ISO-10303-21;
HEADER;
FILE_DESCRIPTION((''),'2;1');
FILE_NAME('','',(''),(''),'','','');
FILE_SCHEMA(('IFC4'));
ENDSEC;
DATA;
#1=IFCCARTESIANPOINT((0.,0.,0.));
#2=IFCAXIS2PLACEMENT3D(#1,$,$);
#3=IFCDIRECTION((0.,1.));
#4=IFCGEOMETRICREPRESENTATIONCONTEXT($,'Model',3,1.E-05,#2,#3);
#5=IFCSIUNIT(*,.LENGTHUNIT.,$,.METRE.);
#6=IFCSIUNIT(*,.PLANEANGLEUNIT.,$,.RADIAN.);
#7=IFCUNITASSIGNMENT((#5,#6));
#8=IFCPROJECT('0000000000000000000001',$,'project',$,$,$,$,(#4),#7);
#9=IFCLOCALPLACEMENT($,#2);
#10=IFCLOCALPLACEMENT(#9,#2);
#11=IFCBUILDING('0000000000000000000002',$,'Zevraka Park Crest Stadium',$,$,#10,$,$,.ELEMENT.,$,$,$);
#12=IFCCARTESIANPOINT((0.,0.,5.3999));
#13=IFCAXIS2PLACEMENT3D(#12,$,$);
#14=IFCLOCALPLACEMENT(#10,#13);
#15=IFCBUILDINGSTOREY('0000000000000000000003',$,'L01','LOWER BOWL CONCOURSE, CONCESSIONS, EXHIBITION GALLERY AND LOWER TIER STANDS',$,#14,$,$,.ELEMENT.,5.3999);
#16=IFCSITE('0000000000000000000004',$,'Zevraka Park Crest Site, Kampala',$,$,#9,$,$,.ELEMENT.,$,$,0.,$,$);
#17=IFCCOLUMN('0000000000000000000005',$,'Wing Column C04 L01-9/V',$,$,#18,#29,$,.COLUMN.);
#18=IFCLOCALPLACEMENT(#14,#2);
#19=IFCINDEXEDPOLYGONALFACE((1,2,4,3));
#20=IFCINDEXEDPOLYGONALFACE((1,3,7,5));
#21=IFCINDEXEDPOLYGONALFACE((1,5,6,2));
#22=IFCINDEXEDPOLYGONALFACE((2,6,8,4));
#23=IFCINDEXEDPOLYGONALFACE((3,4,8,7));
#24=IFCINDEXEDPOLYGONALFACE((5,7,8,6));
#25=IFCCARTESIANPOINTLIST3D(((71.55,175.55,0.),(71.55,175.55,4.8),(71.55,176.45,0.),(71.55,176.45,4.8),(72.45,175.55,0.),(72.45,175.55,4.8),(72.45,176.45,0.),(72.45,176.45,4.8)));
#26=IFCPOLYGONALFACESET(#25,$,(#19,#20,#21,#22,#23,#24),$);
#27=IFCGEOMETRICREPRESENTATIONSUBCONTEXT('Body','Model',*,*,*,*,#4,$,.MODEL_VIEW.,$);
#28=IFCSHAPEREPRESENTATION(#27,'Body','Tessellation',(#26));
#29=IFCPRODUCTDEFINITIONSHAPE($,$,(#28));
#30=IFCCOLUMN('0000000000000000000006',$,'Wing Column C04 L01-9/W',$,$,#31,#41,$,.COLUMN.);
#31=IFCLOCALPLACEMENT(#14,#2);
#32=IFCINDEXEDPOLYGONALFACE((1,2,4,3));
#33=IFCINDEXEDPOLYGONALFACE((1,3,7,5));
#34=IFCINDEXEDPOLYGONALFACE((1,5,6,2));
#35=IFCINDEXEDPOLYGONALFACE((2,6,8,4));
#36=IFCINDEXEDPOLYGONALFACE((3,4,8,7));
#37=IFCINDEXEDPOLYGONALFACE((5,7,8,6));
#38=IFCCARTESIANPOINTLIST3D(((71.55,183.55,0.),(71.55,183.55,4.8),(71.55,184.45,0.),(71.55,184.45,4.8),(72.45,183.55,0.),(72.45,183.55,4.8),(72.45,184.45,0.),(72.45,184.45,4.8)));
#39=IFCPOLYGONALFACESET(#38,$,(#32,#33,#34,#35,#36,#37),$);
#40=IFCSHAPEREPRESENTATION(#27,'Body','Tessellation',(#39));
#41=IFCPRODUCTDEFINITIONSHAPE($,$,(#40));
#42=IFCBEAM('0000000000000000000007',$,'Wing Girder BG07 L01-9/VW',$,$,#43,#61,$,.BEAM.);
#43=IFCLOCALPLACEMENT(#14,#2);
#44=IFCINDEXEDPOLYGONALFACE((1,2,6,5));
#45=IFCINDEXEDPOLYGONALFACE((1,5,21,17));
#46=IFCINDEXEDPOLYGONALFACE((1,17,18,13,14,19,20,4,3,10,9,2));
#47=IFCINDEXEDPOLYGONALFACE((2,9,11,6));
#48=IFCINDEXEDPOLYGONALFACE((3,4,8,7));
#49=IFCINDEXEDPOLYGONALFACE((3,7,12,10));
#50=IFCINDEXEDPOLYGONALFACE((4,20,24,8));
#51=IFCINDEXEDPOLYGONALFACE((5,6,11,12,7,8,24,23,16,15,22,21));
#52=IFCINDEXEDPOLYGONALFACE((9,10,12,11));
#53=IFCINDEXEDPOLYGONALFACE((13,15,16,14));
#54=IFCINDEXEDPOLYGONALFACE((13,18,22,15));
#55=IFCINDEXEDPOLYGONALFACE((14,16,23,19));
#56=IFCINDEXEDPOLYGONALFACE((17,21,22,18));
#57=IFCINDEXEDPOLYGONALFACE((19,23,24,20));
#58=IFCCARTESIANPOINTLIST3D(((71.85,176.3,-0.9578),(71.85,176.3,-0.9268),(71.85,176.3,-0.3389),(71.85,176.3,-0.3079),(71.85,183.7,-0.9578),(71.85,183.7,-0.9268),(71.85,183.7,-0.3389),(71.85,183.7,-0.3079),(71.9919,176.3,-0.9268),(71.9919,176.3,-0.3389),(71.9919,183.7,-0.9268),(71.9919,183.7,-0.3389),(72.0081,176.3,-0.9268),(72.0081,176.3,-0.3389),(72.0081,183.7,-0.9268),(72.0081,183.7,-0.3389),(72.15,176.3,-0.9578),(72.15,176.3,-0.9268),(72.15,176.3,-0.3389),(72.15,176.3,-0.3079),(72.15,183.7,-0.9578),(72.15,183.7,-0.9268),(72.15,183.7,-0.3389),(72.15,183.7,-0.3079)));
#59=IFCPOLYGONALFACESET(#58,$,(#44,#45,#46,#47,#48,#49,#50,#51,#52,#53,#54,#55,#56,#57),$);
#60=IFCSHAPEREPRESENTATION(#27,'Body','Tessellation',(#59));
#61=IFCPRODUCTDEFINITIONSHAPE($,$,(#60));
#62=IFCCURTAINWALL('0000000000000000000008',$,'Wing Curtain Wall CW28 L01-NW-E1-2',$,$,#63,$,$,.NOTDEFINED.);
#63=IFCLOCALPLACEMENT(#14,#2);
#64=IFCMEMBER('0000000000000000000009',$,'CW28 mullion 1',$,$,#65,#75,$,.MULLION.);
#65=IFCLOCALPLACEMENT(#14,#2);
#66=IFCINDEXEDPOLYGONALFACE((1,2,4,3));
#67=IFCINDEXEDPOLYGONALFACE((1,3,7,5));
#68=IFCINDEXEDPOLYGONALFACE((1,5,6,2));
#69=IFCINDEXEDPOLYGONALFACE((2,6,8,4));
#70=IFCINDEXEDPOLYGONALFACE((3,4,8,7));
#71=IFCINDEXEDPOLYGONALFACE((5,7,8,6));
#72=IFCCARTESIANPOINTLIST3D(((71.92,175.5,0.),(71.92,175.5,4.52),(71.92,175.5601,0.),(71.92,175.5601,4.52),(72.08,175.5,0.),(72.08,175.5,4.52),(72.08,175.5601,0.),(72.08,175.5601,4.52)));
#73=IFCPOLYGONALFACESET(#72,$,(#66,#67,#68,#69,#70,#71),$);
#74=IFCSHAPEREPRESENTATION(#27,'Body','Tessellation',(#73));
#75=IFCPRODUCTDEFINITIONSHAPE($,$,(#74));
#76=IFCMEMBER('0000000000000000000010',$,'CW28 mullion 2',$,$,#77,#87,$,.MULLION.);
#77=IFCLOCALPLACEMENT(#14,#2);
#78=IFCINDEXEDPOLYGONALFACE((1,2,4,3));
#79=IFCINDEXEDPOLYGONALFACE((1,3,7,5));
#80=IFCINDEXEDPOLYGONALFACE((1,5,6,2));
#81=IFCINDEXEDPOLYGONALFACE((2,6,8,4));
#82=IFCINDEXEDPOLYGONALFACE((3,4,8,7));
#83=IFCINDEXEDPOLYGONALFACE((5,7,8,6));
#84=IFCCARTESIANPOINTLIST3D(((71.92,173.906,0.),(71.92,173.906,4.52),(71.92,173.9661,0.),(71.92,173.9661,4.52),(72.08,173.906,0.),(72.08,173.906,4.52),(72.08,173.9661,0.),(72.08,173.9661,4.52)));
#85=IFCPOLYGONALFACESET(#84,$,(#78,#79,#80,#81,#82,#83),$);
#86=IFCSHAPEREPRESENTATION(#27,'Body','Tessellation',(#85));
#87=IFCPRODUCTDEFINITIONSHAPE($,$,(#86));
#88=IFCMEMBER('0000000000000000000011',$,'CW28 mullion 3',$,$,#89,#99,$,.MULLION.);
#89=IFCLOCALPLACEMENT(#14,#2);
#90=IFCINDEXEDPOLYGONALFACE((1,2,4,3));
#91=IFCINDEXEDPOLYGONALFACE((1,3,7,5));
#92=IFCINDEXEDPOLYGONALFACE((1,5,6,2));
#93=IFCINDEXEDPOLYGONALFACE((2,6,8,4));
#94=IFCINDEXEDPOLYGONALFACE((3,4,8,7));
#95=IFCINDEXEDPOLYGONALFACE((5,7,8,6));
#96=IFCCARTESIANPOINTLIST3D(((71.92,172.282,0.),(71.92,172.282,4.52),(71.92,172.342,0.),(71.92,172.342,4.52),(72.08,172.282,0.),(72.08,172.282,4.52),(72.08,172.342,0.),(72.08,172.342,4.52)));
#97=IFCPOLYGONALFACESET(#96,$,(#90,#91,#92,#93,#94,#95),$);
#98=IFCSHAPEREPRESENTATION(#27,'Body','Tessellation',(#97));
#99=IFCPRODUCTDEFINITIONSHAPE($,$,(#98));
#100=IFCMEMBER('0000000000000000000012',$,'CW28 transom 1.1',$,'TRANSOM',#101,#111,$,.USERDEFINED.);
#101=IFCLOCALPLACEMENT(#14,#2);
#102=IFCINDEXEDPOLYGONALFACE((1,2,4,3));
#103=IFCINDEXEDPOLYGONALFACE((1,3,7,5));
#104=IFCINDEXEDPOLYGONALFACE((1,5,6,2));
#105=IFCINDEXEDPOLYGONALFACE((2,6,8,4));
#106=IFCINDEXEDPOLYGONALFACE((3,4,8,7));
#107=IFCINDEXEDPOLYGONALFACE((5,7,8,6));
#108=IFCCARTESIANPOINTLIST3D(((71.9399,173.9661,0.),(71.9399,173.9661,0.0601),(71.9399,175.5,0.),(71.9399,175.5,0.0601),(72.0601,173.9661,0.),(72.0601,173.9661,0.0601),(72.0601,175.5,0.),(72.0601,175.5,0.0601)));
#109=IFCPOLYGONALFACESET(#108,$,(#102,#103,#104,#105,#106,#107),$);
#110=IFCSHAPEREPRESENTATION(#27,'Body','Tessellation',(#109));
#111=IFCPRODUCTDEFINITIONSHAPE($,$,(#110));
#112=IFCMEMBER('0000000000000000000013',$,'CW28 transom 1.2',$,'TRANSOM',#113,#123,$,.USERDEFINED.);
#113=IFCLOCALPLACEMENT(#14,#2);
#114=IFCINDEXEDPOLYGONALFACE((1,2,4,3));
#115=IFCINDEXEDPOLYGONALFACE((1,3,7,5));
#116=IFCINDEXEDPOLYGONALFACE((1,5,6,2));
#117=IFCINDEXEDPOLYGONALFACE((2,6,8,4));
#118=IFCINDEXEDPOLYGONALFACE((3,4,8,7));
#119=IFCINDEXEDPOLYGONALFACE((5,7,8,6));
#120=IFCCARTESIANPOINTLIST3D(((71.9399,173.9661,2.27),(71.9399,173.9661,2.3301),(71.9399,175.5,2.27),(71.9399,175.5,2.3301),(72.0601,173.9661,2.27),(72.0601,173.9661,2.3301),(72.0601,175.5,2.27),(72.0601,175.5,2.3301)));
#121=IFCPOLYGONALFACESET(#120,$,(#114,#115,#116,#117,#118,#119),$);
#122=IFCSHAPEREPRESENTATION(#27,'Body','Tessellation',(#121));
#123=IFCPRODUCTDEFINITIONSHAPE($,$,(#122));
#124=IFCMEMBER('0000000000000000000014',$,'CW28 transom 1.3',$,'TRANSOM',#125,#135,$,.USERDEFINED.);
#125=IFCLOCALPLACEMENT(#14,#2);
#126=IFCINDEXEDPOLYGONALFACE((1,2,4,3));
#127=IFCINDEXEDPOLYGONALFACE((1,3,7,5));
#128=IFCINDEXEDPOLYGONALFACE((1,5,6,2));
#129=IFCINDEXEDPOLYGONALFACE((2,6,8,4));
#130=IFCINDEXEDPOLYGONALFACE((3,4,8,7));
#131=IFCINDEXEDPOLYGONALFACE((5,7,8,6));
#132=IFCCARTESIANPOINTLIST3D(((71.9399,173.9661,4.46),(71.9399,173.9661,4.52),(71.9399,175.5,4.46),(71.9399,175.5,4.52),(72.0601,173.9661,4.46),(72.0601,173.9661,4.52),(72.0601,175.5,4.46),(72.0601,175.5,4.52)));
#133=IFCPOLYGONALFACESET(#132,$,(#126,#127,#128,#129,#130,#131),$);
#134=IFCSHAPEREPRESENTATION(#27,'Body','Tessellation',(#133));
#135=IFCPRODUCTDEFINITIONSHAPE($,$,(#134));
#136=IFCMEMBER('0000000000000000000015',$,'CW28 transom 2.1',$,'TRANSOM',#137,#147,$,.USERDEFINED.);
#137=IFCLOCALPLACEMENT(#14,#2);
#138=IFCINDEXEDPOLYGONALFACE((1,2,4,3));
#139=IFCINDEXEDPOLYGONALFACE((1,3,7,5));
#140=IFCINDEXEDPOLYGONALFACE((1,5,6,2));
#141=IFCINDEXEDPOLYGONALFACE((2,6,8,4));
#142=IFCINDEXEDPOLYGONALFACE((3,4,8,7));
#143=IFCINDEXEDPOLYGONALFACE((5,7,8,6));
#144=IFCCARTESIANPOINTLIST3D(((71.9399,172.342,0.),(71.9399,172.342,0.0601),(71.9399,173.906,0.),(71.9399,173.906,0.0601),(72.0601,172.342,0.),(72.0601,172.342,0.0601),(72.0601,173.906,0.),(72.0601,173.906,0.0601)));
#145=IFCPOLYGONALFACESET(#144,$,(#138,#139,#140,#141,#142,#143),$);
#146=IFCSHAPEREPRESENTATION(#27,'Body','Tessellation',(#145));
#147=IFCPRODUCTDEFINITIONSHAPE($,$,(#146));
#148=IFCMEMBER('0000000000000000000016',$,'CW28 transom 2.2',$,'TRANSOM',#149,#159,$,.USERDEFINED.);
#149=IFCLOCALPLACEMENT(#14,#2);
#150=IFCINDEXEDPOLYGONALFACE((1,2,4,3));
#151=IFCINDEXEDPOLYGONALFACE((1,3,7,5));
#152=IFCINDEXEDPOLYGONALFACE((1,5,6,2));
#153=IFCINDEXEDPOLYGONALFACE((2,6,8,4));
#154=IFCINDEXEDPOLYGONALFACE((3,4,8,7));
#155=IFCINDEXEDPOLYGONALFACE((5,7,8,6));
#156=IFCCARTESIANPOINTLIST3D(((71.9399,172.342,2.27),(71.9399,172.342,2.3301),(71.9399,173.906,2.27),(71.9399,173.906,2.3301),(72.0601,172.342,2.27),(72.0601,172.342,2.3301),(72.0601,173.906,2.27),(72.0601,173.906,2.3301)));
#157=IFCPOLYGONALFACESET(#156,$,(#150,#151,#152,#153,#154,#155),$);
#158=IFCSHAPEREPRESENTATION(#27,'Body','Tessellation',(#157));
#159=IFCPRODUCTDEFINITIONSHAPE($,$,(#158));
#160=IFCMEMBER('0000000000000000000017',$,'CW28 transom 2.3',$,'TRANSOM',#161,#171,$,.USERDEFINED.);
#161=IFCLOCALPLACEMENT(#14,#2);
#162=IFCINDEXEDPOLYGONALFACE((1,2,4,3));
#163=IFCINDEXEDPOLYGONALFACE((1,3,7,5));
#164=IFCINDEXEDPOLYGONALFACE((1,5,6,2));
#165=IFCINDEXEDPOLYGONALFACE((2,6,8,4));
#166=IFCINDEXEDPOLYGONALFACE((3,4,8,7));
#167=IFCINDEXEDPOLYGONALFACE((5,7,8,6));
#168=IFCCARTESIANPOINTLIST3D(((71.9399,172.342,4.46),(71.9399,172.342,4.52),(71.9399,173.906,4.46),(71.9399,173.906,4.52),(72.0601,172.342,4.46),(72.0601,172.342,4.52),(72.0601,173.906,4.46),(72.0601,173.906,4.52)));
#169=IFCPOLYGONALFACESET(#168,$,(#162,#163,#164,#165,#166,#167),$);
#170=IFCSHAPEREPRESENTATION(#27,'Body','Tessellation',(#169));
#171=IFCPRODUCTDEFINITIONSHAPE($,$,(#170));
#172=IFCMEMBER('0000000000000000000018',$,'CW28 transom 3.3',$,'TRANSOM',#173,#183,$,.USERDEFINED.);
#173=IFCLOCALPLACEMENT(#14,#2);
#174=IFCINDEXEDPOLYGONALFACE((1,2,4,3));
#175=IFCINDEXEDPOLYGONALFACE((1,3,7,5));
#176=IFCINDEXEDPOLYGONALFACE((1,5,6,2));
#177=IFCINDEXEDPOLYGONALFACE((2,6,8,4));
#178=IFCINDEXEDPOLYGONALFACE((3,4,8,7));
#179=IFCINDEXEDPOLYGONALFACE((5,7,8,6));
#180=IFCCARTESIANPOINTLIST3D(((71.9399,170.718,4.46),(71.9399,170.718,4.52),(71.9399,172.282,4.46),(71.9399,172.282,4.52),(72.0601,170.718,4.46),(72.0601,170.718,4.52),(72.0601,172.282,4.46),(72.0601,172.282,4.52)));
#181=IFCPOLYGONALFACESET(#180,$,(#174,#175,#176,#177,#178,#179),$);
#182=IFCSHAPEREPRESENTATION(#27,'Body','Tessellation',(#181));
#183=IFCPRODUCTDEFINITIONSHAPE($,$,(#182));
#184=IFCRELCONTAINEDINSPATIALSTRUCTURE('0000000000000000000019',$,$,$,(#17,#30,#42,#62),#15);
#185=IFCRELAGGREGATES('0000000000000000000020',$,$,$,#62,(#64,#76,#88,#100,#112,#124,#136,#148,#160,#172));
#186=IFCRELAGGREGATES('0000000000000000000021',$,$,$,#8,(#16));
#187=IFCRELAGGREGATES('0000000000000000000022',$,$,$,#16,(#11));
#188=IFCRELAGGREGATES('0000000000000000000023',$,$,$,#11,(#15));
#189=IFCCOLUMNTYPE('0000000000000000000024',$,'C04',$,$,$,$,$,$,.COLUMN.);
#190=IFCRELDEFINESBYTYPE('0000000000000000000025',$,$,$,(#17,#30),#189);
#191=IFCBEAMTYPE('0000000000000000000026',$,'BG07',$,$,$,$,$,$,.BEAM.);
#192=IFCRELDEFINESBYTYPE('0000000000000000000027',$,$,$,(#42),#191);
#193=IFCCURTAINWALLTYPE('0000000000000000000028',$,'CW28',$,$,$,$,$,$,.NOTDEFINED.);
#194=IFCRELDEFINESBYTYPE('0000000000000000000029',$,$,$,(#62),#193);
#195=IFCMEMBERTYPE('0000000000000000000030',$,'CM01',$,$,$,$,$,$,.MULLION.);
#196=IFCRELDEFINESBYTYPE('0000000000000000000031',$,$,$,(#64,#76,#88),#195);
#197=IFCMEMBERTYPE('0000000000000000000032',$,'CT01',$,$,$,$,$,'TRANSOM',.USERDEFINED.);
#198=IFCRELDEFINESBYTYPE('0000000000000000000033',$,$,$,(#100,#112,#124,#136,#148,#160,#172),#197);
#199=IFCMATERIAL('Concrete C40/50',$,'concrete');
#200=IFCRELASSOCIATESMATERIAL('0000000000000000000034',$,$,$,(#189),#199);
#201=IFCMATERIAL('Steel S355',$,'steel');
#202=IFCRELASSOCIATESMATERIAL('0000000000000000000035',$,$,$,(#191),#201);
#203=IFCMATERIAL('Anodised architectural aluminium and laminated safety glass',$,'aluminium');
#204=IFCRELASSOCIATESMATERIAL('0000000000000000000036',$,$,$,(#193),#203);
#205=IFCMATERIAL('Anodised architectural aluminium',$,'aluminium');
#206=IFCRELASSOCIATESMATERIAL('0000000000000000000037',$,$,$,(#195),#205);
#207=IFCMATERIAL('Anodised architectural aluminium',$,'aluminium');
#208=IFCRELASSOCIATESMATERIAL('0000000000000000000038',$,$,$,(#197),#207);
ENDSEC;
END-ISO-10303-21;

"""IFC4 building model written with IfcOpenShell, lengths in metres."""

from ifc_helpers import new_model, si_unit, direction, frame, origin, origin_2d, place, context, subcontext, project, spatial, rectangle, i_section, extrude, material, material_profile, profile_set, type_object, element, aggregate, save


model = new_model("IFC4")

# Units and contexts
model_context = context("Model", 3, precision=1e-05, world=origin(), true_north=direction((0.0, 1.0)))
body_context = subcontext(model_context, "Body", "Model", "MODEL_VIEW")
ifc_project = project(units=[si_unit("LENGTHUNIT", "METRE"), si_unit("PLANEANGLEUNIT", "RADIAN")], contexts=[model_context])

# Site, building, storey
site_placement = place(None, origin())
site = spatial("IfcSite", under=ifc_project, at=site_placement, Name="Zevraka Park Crest Site, Kampala", CompositionType="ELEMENT", RefElevation=0.0)
building_placement = place(site_placement, origin())
building = spatial("IfcBuilding", under=site, at=building_placement, Name="Zevraka Park Crest Stadium", CompositionType="ELEMENT")
storey_placement = place(building_placement, frame((0.0, 0.0, 5.3999)))
storey = spatial("IfcBuildingStorey", under=building, at=storey_placement, Name="L01", Description="LOWER BOWL CONCOURSE, CONCESSIONS, EXHIBITION GALLERY AND LOWER TIER STANDS", CompositionType="ELEMENT", Elevation=5.3999)

# Columns
ifc_material_1 = material(Name="Concrete C40/50", Category="concrete")
ifc_material_profile_1 = material_profile(ifc_material_1, rectangle(XDim=0.8999, YDim=0.8999, at=origin_2d()), Name="RC 900x900")
ifc_profile_set_1 = profile_set([ifc_material_profile_1], Name="Concrete C40/50")
column_type = type_object("IfcColumnType", Name="C04", PredefinedType="COLUMN", material=ifc_profile_set_1)
for number, where, z_axis, x_axis, name in (
    (1, (72.0, 176.0, 0.0), (0.0, 0.0, 1.0), (1.0, 0.0, 0.0), "Wing Column C04 L01-9/V"),
    (2, (72.0, 184.0, 0.0), (0.0, 0.0, 1.0), (1.0, 0.0, 0.0), "Wing Column C04 L01-9/W"),
):
    element("IfcColumn", number, at=place(storey_placement, frame(where, z_axis=z_axis, x_axis=x_axis)), inside=storey, type_object=column_type, Name=name, PredefinedType="COLUMN", context=body_context, shape_type="SweptSolid", body=[
        extrude(rectangle(XDim=0.8999, YDim=0.8999, at=origin_2d()), origin(), (0.0, 0.0, 1.0), 4.8),
    ])

# Beam
ifc_material_2 = material(Name="Steel S355", Category="steel")
ifc_material_profile_2 = material_profile(ifc_material_2, i_section(OverallWidth=0.3, OverallDepth=0.6499, WebThickness=0.0161, FlangeThickness=0.031, at=origin_2d()), Name="HEB 650")
ifc_profile_set_2 = profile_set([ifc_material_profile_2], Name="Steel S355")
beam_type_1 = type_object("IfcBeamType", Name="BG07", PredefinedType="BEAM", material=ifc_profile_set_2)
beam_1_placement = place(storey_placement, frame((72.0, 176.3, -0.6328), z_axis=(0.0, 1.0, 0.0), x_axis=(-1.0, 0.0, 0.0)))
element("IfcBeam", 3, at=beam_1_placement, inside=storey, type_object=beam_type_1, Name="Wing Girder BG07 L01-9/VW", PredefinedType="BEAM", context=body_context, shape_type="SweptSolid", body=[
    extrude(i_section(OverallWidth=0.3, OverallDepth=0.6499, WebThickness=0.0161, FlangeThickness=0.031, at=origin_2d()), origin(), (0.0, 0.0, 1.0), 7.3999),
])

# Curtain wall, members
ifc_material_3 = material(Name="Anodised architectural aluminium and laminated safety glass", Category="aluminium")
curtain_wall_type = type_object("IfcCurtainWallType", Name="CW28", PredefinedType="NOTDEFINED", material=ifc_material_3)
curtain_wall_placement = place(storey_placement, origin())
curtain_wall = element("IfcCurtainWall", 4, at=curtain_wall_placement, inside=storey, type_object=curtain_wall_type, Name="Wing Curtain Wall CW28 L01-NW-E1-2", PredefinedType="NOTDEFINED")
ifc_material_4 = material(Name="Anodised architectural aluminium", Category="aluminium")
ifc_material_profile_3 = material_profile(ifc_material_4, rectangle(XDim=0.1599, YDim=0.0601, at=origin_2d()), Name="ALU MULLION 160x60")
ifc_profile_set_3 = profile_set([ifc_material_profile_3], Name="Anodised architectural aluminium")
member_type_1 = type_object("IfcMemberType", Name="CM01", PredefinedType="MULLION", material=ifc_profile_set_3)
member_1_placement = place(storey_placement, frame((72.0, 175.53, 0.0), z_axis=(0.0, 0.0, 1.0), x_axis=(1.0, 0.0, 0.0)))
member_1 = element("IfcMember", 5, at=member_1_placement, type_object=member_type_1, Name="CW28 mullion 1", PredefinedType="MULLION", context=body_context, shape_type="SweptSolid", body=[
    extrude(rectangle(XDim=0.1599, YDim=0.0601, at=origin_2d()), origin(), (0.0, 0.0, 1.0), 4.52),
])
member_2_placement = place(storey_placement, frame((72.0, 173.936, 0.0), z_axis=(0.0, 0.0, 1.0), x_axis=(1.0, 0.0, 0.0)))
member_2 = element("IfcMember", 6, at=member_2_placement, type_object=member_type_1, Name="CW28 mullion 2", PredefinedType="MULLION", context=body_context, shape_type="SweptSolid", body=[
    extrude(rectangle(XDim=0.1599, YDim=0.0601, at=origin_2d()), origin(), (0.0, 0.0, 1.0), 4.52),
])
member_3_placement = place(storey_placement, frame((72.0, 172.312, 0.0), z_axis=(0.0, 0.0, 1.0), x_axis=(1.0, 0.0, 0.0)))
member_3 = element("IfcMember", 7, at=member_3_placement, type_object=member_type_1, Name="CW28 mullion 3", PredefinedType="MULLION", context=body_context, shape_type="SweptSolid", body=[
    extrude(rectangle(XDim=0.1599, YDim=0.0601, at=origin_2d()), origin(), (0.0, 0.0, 1.0), 4.52),
])
ifc_material_5 = material(Name="Anodised architectural aluminium", Category="aluminium")
ifc_material_profile_4 = material_profile(ifc_material_5, rectangle(XDim=0.1201, YDim=0.0601, at=origin_2d()), Name="ALU TRANSOM 120x60")
ifc_profile_set_4 = profile_set([ifc_material_profile_4], Name="Anodised architectural aluminium")
member_type_2 = type_object("IfcMemberType", Name="CT01", ElementType="TRANSOM", PredefinedType="USERDEFINED", material=ifc_profile_set_4)
member_4_placement = place(storey_placement, frame((72.0, 175.5, 0.03), z_axis=(0.0, -1.0, 0.0), x_axis=(1.0, 0.0, 0.0)))
member_4 = element("IfcMember", 8, at=member_4_placement, type_object=member_type_2, Name="CW28 transom 1.1", ObjectType="TRANSOM", PredefinedType="USERDEFINED", context=body_context, shape_type="SweptSolid", body=[
    extrude(rectangle(XDim=0.1201, YDim=0.0601, at=origin_2d()), origin(), (0.0, 0.0, 1.0), 1.5339),
])
member_5_placement = place(storey_placement, frame((72.0, 175.5, 2.3), z_axis=(0.0, -1.0, 0.0), x_axis=(1.0, 0.0, 0.0)))
member_5 = element("IfcMember", 9, at=member_5_placement, type_object=member_type_2, Name="CW28 transom 1.2", ObjectType="TRANSOM", PredefinedType="USERDEFINED", context=body_context, shape_type="SweptSolid", body=[
    extrude(rectangle(XDim=0.1201, YDim=0.0601, at=origin_2d()), origin(), (0.0, 0.0, 1.0), 1.5339),
])
member_6_placement = place(storey_placement, frame((72.0, 175.5, 4.49), z_axis=(0.0, -1.0, 0.0), x_axis=(1.0, 0.0, 0.0)))
member_6 = element("IfcMember", 10, at=member_6_placement, type_object=member_type_2, Name="CW28 transom 1.3", ObjectType="TRANSOM", PredefinedType="USERDEFINED", context=body_context, shape_type="SweptSolid", body=[
    extrude(rectangle(XDim=0.1201, YDim=0.0601, at=origin_2d()), origin(), (0.0, 0.0, 1.0), 1.5339),
])
member_7_placement = place(storey_placement, frame((72.0, 173.906, 0.03), z_axis=(0.0, -1.0, 0.0), x_axis=(1.0, 0.0, 0.0)))
member_7 = element("IfcMember", 11, at=member_7_placement, type_object=member_type_2, Name="CW28 transom 2.1", ObjectType="TRANSOM", PredefinedType="USERDEFINED", context=body_context, shape_type="SweptSolid", body=[
    extrude(rectangle(XDim=0.1201, YDim=0.0601, at=origin_2d()), origin(), (0.0, 0.0, 1.0), 1.564),
])
member_8_placement = place(storey_placement, frame((72.0, 173.906, 2.3), z_axis=(0.0, -1.0, 0.0), x_axis=(1.0, 0.0, 0.0)))
member_8 = element("IfcMember", 12, at=member_8_placement, type_object=member_type_2, Name="CW28 transom 2.2", ObjectType="TRANSOM", PredefinedType="USERDEFINED", context=body_context, shape_type="SweptSolid", body=[
    extrude(rectangle(XDim=0.1201, YDim=0.0601, at=origin_2d()), origin(), (0.0, 0.0, 1.0), 1.564),
])
member_9_placement = place(storey_placement, frame((72.0, 173.906, 4.49), z_axis=(0.0, -1.0, 0.0), x_axis=(1.0, 0.0, 0.0)))
member_9 = element("IfcMember", 13, at=member_9_placement, type_object=member_type_2, Name="CW28 transom 2.3", ObjectType="TRANSOM", PredefinedType="USERDEFINED", context=body_context, shape_type="SweptSolid", body=[
    extrude(rectangle(XDim=0.1201, YDim=0.0601, at=origin_2d()), origin(), (0.0, 0.0, 1.0), 1.564),
])
member_10_placement = place(storey_placement, frame((72.0, 172.282, 4.49), z_axis=(0.0, -1.0, 0.0), x_axis=(1.0, 0.0, 0.0)))
member_10 = element("IfcMember", 14, at=member_10_placement, type_object=member_type_2, Name="CW28 transom 3.3", ObjectType="TRANSOM", PredefinedType="USERDEFINED", context=body_context, shape_type="SweptSolid", body=[
    extrude(rectangle(XDim=0.1201, YDim=0.0601, at=origin_2d()), origin(), (0.0, 0.0, 1.0), 1.564),
])

aggregate(curtain_wall, [member_1, member_2, member_3, member_4, member_5, member_6, member_7, member_8, member_9, member_10])

save(model, "model.ifc")
